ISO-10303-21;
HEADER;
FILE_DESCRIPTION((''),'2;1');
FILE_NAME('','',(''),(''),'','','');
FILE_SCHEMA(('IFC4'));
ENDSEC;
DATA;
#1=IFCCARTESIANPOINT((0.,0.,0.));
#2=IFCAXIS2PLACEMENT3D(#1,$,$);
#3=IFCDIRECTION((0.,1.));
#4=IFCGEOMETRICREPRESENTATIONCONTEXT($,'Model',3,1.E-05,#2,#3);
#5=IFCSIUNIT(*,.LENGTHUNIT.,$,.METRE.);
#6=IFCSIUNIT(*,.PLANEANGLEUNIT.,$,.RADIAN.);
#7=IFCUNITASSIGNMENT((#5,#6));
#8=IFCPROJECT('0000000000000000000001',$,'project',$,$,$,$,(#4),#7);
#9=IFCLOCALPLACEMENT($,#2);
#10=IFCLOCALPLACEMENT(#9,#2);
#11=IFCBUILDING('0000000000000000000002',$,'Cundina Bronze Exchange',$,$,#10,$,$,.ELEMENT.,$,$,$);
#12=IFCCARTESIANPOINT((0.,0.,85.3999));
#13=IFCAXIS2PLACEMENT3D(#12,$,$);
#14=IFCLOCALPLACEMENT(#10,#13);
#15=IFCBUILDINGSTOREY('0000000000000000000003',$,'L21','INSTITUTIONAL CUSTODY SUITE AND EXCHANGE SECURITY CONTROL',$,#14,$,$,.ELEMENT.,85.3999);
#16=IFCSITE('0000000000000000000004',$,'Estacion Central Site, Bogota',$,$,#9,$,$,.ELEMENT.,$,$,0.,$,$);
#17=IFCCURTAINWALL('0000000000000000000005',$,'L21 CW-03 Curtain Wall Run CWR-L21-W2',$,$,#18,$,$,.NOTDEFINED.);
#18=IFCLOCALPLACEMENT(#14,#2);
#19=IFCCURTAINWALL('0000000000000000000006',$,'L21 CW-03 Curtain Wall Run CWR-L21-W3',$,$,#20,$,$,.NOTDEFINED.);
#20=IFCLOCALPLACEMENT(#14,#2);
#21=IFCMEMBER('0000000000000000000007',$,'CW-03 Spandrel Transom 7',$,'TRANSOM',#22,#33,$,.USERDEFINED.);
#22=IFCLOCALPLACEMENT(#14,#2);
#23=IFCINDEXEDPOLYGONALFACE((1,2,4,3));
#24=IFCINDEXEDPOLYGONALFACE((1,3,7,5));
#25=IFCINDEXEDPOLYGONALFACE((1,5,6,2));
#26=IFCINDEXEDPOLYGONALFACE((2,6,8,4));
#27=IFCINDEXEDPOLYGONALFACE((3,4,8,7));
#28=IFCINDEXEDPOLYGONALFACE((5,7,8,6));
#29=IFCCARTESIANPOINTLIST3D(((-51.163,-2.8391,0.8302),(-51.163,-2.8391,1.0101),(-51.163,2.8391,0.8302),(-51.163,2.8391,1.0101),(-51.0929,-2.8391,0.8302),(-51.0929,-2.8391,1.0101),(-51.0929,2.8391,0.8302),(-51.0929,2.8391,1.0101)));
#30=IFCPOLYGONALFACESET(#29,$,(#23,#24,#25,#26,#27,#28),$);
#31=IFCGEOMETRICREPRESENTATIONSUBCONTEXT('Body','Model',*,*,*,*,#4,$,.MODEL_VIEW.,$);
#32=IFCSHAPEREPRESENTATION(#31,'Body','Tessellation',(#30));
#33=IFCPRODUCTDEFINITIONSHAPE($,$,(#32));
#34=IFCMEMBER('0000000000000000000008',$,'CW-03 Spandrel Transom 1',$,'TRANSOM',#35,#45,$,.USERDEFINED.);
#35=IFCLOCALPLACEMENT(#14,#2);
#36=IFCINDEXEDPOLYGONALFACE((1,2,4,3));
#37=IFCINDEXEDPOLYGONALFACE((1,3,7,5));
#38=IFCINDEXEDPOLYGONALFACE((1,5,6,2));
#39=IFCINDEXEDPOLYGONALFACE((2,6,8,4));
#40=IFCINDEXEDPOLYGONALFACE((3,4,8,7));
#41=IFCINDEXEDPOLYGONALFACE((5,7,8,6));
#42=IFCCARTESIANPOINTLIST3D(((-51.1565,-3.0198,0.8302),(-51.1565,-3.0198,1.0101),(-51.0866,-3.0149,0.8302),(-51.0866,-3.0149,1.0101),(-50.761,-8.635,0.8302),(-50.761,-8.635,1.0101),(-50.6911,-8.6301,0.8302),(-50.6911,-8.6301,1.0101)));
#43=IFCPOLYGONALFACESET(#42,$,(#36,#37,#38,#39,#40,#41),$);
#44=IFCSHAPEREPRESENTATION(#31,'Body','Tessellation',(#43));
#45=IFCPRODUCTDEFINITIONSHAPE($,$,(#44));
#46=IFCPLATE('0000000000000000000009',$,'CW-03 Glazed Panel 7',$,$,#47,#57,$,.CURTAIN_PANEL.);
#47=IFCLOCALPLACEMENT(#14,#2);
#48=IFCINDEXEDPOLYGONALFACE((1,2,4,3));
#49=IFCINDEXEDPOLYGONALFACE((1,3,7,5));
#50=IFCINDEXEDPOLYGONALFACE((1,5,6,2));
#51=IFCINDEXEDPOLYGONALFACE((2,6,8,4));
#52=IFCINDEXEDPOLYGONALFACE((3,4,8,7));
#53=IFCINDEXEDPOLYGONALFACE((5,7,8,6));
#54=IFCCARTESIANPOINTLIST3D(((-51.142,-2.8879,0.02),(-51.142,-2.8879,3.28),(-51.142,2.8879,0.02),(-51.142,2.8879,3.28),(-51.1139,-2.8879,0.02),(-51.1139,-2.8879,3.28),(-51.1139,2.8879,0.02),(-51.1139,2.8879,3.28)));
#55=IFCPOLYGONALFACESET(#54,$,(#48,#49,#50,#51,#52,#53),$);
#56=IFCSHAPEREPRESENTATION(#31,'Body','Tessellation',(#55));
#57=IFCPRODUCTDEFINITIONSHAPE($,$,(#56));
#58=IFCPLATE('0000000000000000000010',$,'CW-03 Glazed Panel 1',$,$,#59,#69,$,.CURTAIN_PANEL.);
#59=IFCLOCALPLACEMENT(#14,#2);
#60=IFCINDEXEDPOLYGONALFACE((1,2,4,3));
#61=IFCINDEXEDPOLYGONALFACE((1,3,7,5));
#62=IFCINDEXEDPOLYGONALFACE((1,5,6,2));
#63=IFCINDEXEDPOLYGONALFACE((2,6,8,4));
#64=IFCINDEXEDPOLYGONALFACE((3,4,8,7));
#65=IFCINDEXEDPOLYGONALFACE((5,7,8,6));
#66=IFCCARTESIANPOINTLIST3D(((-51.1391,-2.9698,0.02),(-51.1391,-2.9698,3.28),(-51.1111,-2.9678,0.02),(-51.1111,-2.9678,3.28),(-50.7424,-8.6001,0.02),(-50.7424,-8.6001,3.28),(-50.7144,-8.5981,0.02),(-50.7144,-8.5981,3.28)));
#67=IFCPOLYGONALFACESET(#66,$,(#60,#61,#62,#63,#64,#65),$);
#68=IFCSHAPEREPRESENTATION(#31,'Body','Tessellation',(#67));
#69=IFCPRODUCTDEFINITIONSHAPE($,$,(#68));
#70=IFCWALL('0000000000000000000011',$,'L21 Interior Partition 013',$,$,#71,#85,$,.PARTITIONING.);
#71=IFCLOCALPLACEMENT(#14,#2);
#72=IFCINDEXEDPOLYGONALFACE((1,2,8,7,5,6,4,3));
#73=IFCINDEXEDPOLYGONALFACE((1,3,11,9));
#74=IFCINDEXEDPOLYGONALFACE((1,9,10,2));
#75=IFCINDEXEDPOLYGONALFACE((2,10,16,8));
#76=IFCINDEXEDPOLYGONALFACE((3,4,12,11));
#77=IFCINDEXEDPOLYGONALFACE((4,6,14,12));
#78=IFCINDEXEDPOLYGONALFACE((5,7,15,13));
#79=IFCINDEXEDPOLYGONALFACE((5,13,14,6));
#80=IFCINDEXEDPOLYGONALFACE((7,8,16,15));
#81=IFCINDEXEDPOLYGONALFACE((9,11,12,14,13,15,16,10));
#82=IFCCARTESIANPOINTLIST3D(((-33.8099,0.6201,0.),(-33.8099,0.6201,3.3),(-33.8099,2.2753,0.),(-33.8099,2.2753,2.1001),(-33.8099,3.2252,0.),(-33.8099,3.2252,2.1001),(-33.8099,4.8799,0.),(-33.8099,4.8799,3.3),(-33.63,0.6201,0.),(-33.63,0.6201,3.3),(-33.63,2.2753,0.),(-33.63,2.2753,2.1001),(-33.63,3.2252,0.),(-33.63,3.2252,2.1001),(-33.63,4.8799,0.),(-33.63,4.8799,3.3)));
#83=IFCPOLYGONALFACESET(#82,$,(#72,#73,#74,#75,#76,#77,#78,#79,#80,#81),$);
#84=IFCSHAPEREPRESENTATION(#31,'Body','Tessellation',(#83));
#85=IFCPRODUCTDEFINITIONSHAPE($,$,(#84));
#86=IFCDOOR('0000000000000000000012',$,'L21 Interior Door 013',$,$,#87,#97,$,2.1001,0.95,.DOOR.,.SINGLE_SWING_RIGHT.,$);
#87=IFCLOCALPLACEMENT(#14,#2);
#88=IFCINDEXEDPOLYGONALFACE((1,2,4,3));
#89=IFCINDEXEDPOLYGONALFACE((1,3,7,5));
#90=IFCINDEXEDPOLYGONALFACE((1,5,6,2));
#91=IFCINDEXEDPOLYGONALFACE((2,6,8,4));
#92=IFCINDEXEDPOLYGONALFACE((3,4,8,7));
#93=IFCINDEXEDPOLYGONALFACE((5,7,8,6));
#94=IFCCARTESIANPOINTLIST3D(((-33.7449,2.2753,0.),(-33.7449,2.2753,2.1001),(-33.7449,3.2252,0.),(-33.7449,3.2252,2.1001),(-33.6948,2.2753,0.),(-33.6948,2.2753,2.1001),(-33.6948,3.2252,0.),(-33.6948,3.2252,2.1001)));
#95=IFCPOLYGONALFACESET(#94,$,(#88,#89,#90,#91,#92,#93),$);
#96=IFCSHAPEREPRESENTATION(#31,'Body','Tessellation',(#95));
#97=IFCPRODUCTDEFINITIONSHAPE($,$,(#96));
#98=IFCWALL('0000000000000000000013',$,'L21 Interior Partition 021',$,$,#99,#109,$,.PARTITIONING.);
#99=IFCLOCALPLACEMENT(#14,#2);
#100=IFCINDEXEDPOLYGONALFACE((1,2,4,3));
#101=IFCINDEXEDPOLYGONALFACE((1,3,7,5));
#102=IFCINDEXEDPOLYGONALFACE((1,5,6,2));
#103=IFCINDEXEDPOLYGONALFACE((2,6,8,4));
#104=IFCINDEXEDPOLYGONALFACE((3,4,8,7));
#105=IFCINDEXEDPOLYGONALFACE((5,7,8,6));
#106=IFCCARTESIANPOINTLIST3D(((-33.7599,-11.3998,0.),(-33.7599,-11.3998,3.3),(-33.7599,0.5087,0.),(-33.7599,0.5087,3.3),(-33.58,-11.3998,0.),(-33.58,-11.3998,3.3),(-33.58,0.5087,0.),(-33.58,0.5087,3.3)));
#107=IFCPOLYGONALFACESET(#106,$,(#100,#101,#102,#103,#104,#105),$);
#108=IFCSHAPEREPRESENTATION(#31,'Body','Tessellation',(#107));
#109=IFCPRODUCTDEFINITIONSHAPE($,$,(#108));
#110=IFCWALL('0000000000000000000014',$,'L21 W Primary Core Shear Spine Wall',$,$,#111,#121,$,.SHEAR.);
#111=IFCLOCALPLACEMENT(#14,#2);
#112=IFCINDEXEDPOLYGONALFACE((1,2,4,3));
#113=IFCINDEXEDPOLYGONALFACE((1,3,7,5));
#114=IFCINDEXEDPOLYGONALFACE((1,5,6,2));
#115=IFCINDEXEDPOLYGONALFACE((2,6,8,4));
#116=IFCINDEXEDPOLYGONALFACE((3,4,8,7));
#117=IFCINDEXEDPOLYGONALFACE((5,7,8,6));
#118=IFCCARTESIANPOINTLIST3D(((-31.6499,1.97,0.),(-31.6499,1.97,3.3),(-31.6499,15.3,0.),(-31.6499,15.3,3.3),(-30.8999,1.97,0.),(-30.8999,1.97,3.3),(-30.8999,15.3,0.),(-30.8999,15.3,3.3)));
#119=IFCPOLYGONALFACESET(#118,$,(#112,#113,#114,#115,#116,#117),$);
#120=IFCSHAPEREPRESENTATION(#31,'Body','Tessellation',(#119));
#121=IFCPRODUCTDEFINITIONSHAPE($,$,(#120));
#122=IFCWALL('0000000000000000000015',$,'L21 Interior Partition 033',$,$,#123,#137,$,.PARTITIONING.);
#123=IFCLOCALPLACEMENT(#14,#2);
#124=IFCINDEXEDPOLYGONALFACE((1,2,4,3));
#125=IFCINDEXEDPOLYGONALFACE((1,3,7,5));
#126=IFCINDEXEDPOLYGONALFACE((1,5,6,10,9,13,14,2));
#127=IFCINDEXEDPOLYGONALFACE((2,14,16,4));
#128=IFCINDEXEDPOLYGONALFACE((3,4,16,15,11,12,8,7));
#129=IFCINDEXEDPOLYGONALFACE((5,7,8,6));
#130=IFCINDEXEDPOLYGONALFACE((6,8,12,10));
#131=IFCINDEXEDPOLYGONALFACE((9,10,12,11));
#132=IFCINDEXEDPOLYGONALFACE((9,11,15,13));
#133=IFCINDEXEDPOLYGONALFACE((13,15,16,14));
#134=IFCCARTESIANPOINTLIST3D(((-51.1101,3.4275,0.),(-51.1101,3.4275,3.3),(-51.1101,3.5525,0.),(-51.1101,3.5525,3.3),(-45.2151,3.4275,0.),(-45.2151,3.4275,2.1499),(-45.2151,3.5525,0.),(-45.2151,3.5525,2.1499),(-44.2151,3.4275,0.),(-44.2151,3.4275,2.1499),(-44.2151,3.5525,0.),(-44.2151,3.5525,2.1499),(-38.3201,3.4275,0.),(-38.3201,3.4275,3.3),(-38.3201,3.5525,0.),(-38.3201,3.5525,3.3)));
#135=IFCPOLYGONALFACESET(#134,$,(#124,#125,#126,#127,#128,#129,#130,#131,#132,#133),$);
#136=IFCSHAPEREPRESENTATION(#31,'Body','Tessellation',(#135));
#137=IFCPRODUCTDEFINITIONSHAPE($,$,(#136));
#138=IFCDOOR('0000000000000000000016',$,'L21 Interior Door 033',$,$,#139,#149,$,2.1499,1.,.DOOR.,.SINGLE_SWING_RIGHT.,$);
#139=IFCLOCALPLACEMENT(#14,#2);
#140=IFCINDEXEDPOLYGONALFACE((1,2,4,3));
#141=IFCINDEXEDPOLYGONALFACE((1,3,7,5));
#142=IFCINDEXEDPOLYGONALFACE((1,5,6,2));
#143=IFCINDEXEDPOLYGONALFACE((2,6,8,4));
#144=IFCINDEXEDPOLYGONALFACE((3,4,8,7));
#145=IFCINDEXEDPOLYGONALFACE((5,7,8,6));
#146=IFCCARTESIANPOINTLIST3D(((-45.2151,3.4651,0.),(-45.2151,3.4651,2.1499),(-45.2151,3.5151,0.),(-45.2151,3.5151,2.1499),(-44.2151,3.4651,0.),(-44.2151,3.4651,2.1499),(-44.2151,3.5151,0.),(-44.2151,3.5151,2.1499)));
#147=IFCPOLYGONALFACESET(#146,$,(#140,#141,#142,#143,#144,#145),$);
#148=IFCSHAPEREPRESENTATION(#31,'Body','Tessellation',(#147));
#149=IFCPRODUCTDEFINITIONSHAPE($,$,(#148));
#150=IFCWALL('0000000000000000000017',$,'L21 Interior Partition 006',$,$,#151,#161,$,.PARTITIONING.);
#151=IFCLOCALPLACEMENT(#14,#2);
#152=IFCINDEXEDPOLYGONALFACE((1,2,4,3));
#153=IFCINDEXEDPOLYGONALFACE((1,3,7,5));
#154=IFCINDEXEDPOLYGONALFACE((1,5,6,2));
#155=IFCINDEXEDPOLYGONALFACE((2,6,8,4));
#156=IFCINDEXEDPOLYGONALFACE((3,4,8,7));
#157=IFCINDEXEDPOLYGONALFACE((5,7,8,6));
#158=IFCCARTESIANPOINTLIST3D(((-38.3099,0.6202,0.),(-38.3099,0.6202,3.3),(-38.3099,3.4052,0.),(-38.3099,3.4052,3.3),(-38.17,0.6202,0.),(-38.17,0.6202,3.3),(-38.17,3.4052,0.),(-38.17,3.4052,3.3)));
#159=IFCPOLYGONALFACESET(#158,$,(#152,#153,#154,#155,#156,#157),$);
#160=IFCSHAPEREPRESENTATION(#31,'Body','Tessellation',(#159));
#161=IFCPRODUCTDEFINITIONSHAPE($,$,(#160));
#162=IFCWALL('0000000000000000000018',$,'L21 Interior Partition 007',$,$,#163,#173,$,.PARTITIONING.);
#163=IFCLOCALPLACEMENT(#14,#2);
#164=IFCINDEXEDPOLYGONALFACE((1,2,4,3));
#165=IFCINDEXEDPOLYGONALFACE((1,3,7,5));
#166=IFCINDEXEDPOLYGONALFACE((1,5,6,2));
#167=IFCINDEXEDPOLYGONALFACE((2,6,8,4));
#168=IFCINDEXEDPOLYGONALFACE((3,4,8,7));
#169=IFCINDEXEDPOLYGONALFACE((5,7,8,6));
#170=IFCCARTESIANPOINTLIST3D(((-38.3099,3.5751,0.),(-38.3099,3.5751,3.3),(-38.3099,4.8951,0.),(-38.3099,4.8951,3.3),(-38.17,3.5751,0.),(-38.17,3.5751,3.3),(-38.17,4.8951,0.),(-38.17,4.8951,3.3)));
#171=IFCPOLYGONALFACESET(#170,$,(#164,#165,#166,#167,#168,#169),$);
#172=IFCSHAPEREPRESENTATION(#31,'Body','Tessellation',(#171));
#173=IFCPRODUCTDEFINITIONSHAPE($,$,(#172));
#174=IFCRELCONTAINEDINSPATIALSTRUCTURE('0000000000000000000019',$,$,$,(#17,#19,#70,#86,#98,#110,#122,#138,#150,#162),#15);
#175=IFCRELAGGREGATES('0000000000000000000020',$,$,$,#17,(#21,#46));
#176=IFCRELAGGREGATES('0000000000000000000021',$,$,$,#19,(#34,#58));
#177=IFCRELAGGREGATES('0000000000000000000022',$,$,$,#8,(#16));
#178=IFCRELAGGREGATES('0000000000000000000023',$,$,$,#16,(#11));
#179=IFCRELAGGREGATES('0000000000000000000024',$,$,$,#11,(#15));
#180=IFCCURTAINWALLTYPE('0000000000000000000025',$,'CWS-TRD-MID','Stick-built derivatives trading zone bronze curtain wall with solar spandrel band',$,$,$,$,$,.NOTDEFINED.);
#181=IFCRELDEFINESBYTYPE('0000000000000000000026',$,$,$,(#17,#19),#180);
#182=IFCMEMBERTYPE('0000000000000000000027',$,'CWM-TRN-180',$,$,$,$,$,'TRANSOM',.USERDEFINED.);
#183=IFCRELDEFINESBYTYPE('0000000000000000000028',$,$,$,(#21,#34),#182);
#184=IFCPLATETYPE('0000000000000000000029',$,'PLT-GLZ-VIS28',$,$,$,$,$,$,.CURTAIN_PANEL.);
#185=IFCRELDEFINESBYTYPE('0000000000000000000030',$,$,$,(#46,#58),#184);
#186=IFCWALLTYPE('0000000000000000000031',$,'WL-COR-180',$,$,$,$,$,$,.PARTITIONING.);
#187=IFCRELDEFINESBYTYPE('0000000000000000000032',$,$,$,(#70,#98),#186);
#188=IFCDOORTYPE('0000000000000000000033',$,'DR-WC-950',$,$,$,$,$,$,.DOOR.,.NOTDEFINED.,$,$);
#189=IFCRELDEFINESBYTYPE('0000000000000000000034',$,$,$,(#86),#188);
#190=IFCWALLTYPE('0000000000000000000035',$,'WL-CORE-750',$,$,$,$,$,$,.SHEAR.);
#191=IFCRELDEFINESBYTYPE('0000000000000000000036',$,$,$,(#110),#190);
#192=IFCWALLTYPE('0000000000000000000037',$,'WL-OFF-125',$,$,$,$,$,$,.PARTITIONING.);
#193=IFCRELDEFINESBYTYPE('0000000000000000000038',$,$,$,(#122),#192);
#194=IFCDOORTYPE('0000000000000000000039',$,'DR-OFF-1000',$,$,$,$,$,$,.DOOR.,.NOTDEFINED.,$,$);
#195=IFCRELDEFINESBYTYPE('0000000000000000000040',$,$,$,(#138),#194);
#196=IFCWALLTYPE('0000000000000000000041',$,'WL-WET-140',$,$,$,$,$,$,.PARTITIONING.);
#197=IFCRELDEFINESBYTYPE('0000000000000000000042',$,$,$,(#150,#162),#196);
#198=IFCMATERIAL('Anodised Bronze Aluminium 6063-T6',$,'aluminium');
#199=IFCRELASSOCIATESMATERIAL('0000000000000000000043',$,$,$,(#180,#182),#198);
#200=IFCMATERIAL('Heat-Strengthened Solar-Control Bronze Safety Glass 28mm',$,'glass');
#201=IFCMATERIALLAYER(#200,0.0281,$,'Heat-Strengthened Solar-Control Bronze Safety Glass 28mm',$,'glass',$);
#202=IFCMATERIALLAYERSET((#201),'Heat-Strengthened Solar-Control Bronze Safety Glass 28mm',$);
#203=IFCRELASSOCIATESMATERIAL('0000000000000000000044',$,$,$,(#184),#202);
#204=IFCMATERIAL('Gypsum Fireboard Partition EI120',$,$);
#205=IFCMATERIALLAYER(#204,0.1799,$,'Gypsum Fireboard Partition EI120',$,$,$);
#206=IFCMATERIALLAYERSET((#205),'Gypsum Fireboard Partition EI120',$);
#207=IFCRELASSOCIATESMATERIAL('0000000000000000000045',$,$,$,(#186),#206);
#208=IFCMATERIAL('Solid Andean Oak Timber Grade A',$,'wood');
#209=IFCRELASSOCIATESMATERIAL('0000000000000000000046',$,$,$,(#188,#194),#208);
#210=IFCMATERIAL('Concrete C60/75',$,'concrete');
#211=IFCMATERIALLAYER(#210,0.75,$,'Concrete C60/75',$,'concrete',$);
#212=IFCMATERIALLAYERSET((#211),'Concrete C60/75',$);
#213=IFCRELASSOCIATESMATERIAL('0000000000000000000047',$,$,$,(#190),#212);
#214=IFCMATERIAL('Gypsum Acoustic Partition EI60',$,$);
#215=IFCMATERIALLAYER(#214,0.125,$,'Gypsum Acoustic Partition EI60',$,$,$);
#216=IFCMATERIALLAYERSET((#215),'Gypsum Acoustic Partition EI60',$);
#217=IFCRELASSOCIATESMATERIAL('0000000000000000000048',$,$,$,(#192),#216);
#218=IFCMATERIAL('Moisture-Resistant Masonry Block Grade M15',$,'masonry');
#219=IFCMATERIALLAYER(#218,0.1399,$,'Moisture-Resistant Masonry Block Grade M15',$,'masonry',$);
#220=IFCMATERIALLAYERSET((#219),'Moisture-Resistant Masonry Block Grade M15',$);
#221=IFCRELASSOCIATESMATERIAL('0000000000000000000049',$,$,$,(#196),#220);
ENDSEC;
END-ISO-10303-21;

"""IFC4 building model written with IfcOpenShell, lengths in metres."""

from ifc_helpers import new_model, si_unit, direction, frame, frame_2d, origin, origin_2d, place, context, subcontext, project, spatial, rectangle, extrude, material, layer, layer_set, material_profile, profile_set, type_object, element, fill, aggregate, save


model = new_model("IFC4")

# Units and contexts
model_context = context("Model", 3, precision=1e-05, world=origin(), true_north=direction((0.0, 1.0)))
body_context = subcontext(model_context, "Body", "Model", "MODEL_VIEW")
ifc_project = project(units=[si_unit("LENGTHUNIT", "METRE"), si_unit("PLANEANGLEUNIT", "RADIAN")], contexts=[model_context])

# Site, building, storey
site_placement = place(None, origin())
site = spatial("IfcSite", under=ifc_project, at=site_placement, Name="Estacion Central Site, Bogota", CompositionType="ELEMENT", RefElevation=0.0)
building_placement = place(site_placement, origin())
building = spatial("IfcBuilding", under=site, at=building_placement, Name="Cundina Bronze Exchange", CompositionType="ELEMENT")
storey_placement = place(building_placement, frame((0.0, 0.0, 85.3999)))
storey = spatial("IfcBuildingStorey", under=building, at=storey_placement, Name="L21", Description="INSTITUTIONAL CUSTODY SUITE AND EXCHANGE SECURITY CONTROL", CompositionType="ELEMENT", Elevation=85.3999)

# Shared definitions
ifc_material_1 = material(Name="Concrete C60/75", Category="concrete")

# Curtain walls
ifc_material_2 = material(Name="Anodised Bronze Aluminium 6063-T6", Category="aluminium")
curtain_wall_type = type_object("IfcCurtainWallType", Name="CWS-TRD-MID", Description="Stick-built derivatives trading zone bronze curtain wall with solar spandrel band", PredefinedType="NOTDEFINED", material=ifc_material_2)
curtain_wall_1_placement = place(storey_placement, origin())
curtain_wall_1 = element("IfcCurtainWall", 1, at=curtain_wall_1_placement, inside=storey, type_object=curtain_wall_type, Name="L21 CW-03 Curtain Wall Run CWR-L21-W2", PredefinedType="NOTDEFINED")
curtain_wall_2_placement = place(storey_placement, origin())
curtain_wall_2 = element("IfcCurtainWall", 2, at=curtain_wall_2_placement, inside=storey, type_object=curtain_wall_type, Name="L21 CW-03 Curtain Wall Run CWR-L21-W3", PredefinedType="NOTDEFINED")

# Members
ifc_material_profile_1 = material_profile(ifc_material_2, rectangle(XDim=0.0701, YDim=0.1799, at=origin_2d()), Name="AL70X180", Category="aluminium")
ifc_profile_set_1 = profile_set([ifc_material_profile_1], Name="Anodised Bronze Aluminium 6063-T6")
member_type_1 = type_object("IfcMemberType", Name="CWM-TRN-180", ElementType="TRANSOM", PredefinedType="USERDEFINED", material=ifc_profile_set_1)
member_1_placement = place(storey_placement, frame((-51.1279, 2.8391, 0.9202), z_axis=(0.0, -1.0, 0.0), x_axis=(1.0, 0.0, 0.0)))
member_1 = element("IfcMember", 3, at=member_1_placement, type_object=member_type_1, Name="CW-03 Spandrel Transom 7", ObjectType="TRANSOM", PredefinedType="USERDEFINED", context=body_context, shape_type="SweptSolid", body=[
    extrude(rectangle(XDim=0.0701, YDim=0.1799, at=origin_2d()), origin(), (0.0, 0.0, 1.0), 5.6782),
])
member_2_placement = place(storey_placement, frame((-51.1216, -3.0173, 0.9202), z_axis=(0.070261, -0.997529, 0.0), x_axis=(0.997529, 0.070261, 0.0)))
member_2 = element("IfcMember", 4, at=member_2_placement, type_object=member_type_1, Name="CW-03 Spandrel Transom 1", ObjectType="TRANSOM", PredefinedType="USERDEFINED", context=body_context, shape_type="SweptSolid", body=[
    extrude(rectangle(XDim=0.0701, YDim=0.1799, at=origin_2d()), origin(), (0.0, 0.0, 1.0), 5.6292),
])

# Plates
ifc_material_3 = material(Name="Heat-Strengthened Solar-Control Bronze Safety Glass 28mm", Category="glass")
ifc_layer_1 = layer(ifc_material_3, 0.0281, Name="Heat-Strengthened Solar-Control Bronze Safety Glass 28mm", Category="glass")
ifc_layer_set_1 = layer_set([ifc_layer_1], Name="Heat-Strengthened Solar-Control Bronze Safety Glass 28mm")
plate_type = type_object("IfcPlateType", Name="PLT-GLZ-VIS28", PredefinedType="CURTAIN_PANEL", material=ifc_layer_set_1)
plate_1_placement = place(storey_placement, frame((-51.1279, 0.0, 0.02), z_axis=(0.0, 0.0, 1.0), x_axis=(0.0, -1.0, 0.0)))
plate_1 = element("IfcPlate", 5, at=plate_1_placement, type_object=plate_type, Name="CW-03 Glazed Panel 7", PredefinedType="CURTAIN_PANEL", context=body_context, shape_type="SweptSolid", body=[
    extrude(rectangle(XDim=5.7759, YDim=0.0281, at=origin_2d()), origin(), (0.0, 0.0, 1.0), 3.26),
])
aggregate(curtain_wall_1, [member_1, plate_1])
plate_2_placement = place(storey_placement, frame((-50.9268, -5.7839, 0.02), z_axis=(0.0, 0.0, 1.0), x_axis=(0.070279, -0.997527, 0.0)))
plate_2 = element("IfcPlate", 6, at=plate_2_placement, type_object=plate_type, Name="CW-03 Glazed Panel 1", PredefinedType="CURTAIN_PANEL", context=body_context, shape_type="SweptSolid", body=[
    extrude(rectangle(XDim=5.6443, YDim=0.0281, at=origin_2d()), origin(), (0.0, 0.0, 1.0), 3.26),
])
aggregate(curtain_wall_2, [member_2, plate_2])

# Wall, opening, door
ifc_material_4 = material(Name="Gypsum Fireboard Partition EI120")
ifc_layer_2 = layer(ifc_material_4, 0.1799, Name="Gypsum Fireboard Partition EI120")
ifc_layer_set_2 = layer_set([ifc_layer_2], Name="Gypsum Fireboard Partition EI120")
wall_type_1 = type_object("IfcWallType", Name="WL-COR-180", PredefinedType="PARTITIONING", material=ifc_layer_set_2)
wall_1_placement = place(storey_placement, frame((-33.72, 0.6201, 0.0), z_axis=(0.0, 0.0, 1.0), x_axis=(0.0, 1.0, 0.0)))
wall_1 = element("IfcWall", 7, at=wall_1_placement, inside=storey, type_object=wall_type_1, Name="L21 Interior Partition 013", PredefinedType="PARTITIONING", context=body_context, shape_type="SweptSolid", body=[
    extrude(rectangle(XDim=4.2598, YDim=0.1799, at=frame_2d((2.1299, 0.0))), origin(), (0.0, 0.0, 1.0), 3.3),
])
opening_1_placement = place(wall_1_placement, frame((1.655, 0.0, 0.0)))
opening_1 = element("IfcOpeningElement", 8, at=opening_1_placement, cuts=wall_1, PredefinedType="OPENING", context=body_context, shape_type="SweptSolid", body=[
    extrude(rectangle(XDim=0.95, YDim=2.1001, at=frame_2d((0.4751, 1.05))), frame((0.0, 0.0999, 0.0), z_axis=(0.0, -1.0, 0.0), x_axis=(1.0, 0.0, 0.0)), (0.0, 0.0, 1.0), 0.2),
])
ifc_material_5 = material(Name="Solid Andean Oak Timber Grade A", Category="wood")
door_type_1 = type_object("IfcDoorType", Name="DR-WC-950", OperationType="NOTDEFINED", PredefinedType="DOOR", material=ifc_material_5)
door_1_placement = place(opening_1_placement, origin())
door_1 = element("IfcDoor", 9, at=door_1_placement, inside=storey, type_object=door_type_1, Name="L21 Interior Door 013", OperationType="SINGLE_SWING_RIGHT", OverallHeight=2.1001, OverallWidth=0.95, PredefinedType="DOOR", context=body_context, shape_type="SweptSolid", body=[
    extrude(rectangle(XDim=0.95, YDim=2.1001, at=frame_2d((0.4751, 1.05))), frame((0.0, 0.0249, 0.0), z_axis=(0.0, -1.0, 0.0), x_axis=(1.0, 0.0, 0.0)), (0.0, 0.0, 1.0), 0.05),
])
fill(opening_1, door_1)

# Walls
wall_2_placement = place(storey_placement, frame((-33.6699, 0.5085, 0.0), z_axis=(0.0, 0.0, 1.0), x_axis=(0.0, -1.0, 0.0)))
element("IfcWall", 10, at=wall_2_placement, inside=storey, type_object=wall_type_1, Name="L21 Interior Partition 021", PredefinedType="PARTITIONING", context=body_context, shape_type="SweptSolid", body=[
    extrude(rectangle(XDim=11.9084, YDim=0.1799, at=frame_2d((5.9541, 0.0))), origin(), (0.0, 0.0, 1.0), 3.3),
])
ifc_layer_3 = layer(ifc_material_1, 0.75, Name="Concrete C60/75", Category="concrete")
ifc_layer_set_3 = layer_set([ifc_layer_3], Name="Concrete C60/75")
wall_type_2 = type_object("IfcWallType", Name="WL-CORE-750", PredefinedType="SHEAR", material=ifc_layer_set_3)
wall_3_placement = place(storey_placement, frame((-31.2749, 1.97, 0.0), z_axis=(0.0, 0.0, 1.0), x_axis=(0.0, 1.0, 0.0)))
element("IfcWall", 11, at=wall_3_placement, inside=storey, type_object=wall_type_2, Name="L21 W Primary Core Shear Spine Wall", PredefinedType="SHEAR", context=body_context, shape_type="SweptSolid", body=[
    extrude(rectangle(XDim=13.3301, YDim=0.75, at=frame_2d((6.665, 0.0))), origin(), (0.0, 0.0, 1.0), 3.3),
])

# Wall, opening, door
ifc_material_6 = material(Name="Gypsum Acoustic Partition EI60")
ifc_layer_4 = layer(ifc_material_6, 0.125, Name="Gypsum Acoustic Partition EI60")
ifc_layer_set_4 = layer_set([ifc_layer_4], Name="Gypsum Acoustic Partition EI60")
wall_type_3 = type_object("IfcWallType", Name="WL-OFF-125", PredefinedType="PARTITIONING", material=ifc_layer_set_4)
wall_4_placement = place(storey_placement, frame((-38.3201, 3.49, 0.0), z_axis=(0.0, 0.0, 1.0), x_axis=(-1.0, 0.0, 0.0)))
wall_4 = element("IfcWall", 12, at=wall_4_placement, inside=storey, type_object=wall_type_3, Name="L21 Interior Partition 033", PredefinedType="PARTITIONING", context=body_context, shape_type="SweptSolid", body=[
    extrude(rectangle(XDim=12.79, YDim=0.125, at=frame_2d((6.395, 0.0))), origin(), (0.0, 0.0, 1.0), 3.3),
])
opening_2_placement = place(wall_4_placement, frame((5.895, 0.0, 0.0)))
opening_2 = element("IfcOpeningElement", 13, at=opening_2_placement, cuts=wall_4, PredefinedType="OPENING", context=body_context, shape_type="SweptSolid", body=[
    extrude(rectangle(XDim=1.0, YDim=2.1499, at=frame_2d((0.5, 1.075))), frame((0.0, 0.0725, 0.0), z_axis=(0.0, -1.0, 0.0), x_axis=(1.0, 0.0, 0.0)), (0.0, 0.0, 1.0), 0.145),
])
door_type_2 = type_object("IfcDoorType", Name="DR-OFF-1000", OperationType="NOTDEFINED", PredefinedType="DOOR", material=ifc_material_5)
door_2_placement = place(opening_2_placement, origin())
door_2 = element("IfcDoor", 14, at=door_2_placement, inside=storey, type_object=door_type_2, Name="L21 Interior Door 033", OperationType="SINGLE_SWING_RIGHT", OverallHeight=2.1499, OverallWidth=1.0, PredefinedType="DOOR", context=body_context, shape_type="SweptSolid", body=[
    extrude(rectangle(XDim=1.0, YDim=2.1499, at=frame_2d((0.5, 1.075))), frame((0.0, 0.0249, 0.0), z_axis=(0.0, -1.0, 0.0), x_axis=(1.0, 0.0, 0.0)), (0.0, 0.0, 1.0), 0.05),
])
fill(opening_2, door_2)

# Walls
ifc_material_7 = material(Name="Moisture-Resistant Masonry Block Grade M15", Category="masonry")
ifc_layer_5 = layer(ifc_material_7, 0.1399, Name="Moisture-Resistant Masonry Block Grade M15", Category="masonry")
ifc_layer_set_5 = layer_set([ifc_layer_5], Name="Moisture-Resistant Masonry Block Grade M15")
wall_type_4 = type_object("IfcWallType", Name="WL-WET-140", PredefinedType="PARTITIONING", material=ifc_layer_set_5)
wall_5_placement = place(storey_placement, frame((-38.24, 0.6201, 0.0), z_axis=(0.0, 0.0, 1.0), x_axis=(0.0, 1.0, 0.0)))
element("IfcWall", 15, at=wall_5_placement, inside=storey, type_object=wall_type_4, Name="L21 Interior Partition 006", PredefinedType="PARTITIONING", context=body_context, shape_type="SweptSolid", body=[
    extrude(rectangle(XDim=2.7849, YDim=0.1399, at=frame_2d((1.3926, 0.0))), origin(), (0.0, 0.0, 1.0), 3.3),
])
wall_6_placement = place(storey_placement, frame((-38.24, 3.575, 0.0), z_axis=(0.0, 0.0, 1.0), x_axis=(0.0, 1.0, 0.0)))
element("IfcWall", 16, at=wall_6_placement, inside=storey, type_object=wall_type_4, Name="L21 Interior Partition 007", PredefinedType="PARTITIONING", context=body_context, shape_type="SweptSolid", body=[
    extrude(rectangle(XDim=1.3201, YDim=0.1399, at=frame_2d((0.6602, 0.0))), origin(), (0.0, 0.0, 1.0), 3.3),
])

save(model, "model.ifc")
